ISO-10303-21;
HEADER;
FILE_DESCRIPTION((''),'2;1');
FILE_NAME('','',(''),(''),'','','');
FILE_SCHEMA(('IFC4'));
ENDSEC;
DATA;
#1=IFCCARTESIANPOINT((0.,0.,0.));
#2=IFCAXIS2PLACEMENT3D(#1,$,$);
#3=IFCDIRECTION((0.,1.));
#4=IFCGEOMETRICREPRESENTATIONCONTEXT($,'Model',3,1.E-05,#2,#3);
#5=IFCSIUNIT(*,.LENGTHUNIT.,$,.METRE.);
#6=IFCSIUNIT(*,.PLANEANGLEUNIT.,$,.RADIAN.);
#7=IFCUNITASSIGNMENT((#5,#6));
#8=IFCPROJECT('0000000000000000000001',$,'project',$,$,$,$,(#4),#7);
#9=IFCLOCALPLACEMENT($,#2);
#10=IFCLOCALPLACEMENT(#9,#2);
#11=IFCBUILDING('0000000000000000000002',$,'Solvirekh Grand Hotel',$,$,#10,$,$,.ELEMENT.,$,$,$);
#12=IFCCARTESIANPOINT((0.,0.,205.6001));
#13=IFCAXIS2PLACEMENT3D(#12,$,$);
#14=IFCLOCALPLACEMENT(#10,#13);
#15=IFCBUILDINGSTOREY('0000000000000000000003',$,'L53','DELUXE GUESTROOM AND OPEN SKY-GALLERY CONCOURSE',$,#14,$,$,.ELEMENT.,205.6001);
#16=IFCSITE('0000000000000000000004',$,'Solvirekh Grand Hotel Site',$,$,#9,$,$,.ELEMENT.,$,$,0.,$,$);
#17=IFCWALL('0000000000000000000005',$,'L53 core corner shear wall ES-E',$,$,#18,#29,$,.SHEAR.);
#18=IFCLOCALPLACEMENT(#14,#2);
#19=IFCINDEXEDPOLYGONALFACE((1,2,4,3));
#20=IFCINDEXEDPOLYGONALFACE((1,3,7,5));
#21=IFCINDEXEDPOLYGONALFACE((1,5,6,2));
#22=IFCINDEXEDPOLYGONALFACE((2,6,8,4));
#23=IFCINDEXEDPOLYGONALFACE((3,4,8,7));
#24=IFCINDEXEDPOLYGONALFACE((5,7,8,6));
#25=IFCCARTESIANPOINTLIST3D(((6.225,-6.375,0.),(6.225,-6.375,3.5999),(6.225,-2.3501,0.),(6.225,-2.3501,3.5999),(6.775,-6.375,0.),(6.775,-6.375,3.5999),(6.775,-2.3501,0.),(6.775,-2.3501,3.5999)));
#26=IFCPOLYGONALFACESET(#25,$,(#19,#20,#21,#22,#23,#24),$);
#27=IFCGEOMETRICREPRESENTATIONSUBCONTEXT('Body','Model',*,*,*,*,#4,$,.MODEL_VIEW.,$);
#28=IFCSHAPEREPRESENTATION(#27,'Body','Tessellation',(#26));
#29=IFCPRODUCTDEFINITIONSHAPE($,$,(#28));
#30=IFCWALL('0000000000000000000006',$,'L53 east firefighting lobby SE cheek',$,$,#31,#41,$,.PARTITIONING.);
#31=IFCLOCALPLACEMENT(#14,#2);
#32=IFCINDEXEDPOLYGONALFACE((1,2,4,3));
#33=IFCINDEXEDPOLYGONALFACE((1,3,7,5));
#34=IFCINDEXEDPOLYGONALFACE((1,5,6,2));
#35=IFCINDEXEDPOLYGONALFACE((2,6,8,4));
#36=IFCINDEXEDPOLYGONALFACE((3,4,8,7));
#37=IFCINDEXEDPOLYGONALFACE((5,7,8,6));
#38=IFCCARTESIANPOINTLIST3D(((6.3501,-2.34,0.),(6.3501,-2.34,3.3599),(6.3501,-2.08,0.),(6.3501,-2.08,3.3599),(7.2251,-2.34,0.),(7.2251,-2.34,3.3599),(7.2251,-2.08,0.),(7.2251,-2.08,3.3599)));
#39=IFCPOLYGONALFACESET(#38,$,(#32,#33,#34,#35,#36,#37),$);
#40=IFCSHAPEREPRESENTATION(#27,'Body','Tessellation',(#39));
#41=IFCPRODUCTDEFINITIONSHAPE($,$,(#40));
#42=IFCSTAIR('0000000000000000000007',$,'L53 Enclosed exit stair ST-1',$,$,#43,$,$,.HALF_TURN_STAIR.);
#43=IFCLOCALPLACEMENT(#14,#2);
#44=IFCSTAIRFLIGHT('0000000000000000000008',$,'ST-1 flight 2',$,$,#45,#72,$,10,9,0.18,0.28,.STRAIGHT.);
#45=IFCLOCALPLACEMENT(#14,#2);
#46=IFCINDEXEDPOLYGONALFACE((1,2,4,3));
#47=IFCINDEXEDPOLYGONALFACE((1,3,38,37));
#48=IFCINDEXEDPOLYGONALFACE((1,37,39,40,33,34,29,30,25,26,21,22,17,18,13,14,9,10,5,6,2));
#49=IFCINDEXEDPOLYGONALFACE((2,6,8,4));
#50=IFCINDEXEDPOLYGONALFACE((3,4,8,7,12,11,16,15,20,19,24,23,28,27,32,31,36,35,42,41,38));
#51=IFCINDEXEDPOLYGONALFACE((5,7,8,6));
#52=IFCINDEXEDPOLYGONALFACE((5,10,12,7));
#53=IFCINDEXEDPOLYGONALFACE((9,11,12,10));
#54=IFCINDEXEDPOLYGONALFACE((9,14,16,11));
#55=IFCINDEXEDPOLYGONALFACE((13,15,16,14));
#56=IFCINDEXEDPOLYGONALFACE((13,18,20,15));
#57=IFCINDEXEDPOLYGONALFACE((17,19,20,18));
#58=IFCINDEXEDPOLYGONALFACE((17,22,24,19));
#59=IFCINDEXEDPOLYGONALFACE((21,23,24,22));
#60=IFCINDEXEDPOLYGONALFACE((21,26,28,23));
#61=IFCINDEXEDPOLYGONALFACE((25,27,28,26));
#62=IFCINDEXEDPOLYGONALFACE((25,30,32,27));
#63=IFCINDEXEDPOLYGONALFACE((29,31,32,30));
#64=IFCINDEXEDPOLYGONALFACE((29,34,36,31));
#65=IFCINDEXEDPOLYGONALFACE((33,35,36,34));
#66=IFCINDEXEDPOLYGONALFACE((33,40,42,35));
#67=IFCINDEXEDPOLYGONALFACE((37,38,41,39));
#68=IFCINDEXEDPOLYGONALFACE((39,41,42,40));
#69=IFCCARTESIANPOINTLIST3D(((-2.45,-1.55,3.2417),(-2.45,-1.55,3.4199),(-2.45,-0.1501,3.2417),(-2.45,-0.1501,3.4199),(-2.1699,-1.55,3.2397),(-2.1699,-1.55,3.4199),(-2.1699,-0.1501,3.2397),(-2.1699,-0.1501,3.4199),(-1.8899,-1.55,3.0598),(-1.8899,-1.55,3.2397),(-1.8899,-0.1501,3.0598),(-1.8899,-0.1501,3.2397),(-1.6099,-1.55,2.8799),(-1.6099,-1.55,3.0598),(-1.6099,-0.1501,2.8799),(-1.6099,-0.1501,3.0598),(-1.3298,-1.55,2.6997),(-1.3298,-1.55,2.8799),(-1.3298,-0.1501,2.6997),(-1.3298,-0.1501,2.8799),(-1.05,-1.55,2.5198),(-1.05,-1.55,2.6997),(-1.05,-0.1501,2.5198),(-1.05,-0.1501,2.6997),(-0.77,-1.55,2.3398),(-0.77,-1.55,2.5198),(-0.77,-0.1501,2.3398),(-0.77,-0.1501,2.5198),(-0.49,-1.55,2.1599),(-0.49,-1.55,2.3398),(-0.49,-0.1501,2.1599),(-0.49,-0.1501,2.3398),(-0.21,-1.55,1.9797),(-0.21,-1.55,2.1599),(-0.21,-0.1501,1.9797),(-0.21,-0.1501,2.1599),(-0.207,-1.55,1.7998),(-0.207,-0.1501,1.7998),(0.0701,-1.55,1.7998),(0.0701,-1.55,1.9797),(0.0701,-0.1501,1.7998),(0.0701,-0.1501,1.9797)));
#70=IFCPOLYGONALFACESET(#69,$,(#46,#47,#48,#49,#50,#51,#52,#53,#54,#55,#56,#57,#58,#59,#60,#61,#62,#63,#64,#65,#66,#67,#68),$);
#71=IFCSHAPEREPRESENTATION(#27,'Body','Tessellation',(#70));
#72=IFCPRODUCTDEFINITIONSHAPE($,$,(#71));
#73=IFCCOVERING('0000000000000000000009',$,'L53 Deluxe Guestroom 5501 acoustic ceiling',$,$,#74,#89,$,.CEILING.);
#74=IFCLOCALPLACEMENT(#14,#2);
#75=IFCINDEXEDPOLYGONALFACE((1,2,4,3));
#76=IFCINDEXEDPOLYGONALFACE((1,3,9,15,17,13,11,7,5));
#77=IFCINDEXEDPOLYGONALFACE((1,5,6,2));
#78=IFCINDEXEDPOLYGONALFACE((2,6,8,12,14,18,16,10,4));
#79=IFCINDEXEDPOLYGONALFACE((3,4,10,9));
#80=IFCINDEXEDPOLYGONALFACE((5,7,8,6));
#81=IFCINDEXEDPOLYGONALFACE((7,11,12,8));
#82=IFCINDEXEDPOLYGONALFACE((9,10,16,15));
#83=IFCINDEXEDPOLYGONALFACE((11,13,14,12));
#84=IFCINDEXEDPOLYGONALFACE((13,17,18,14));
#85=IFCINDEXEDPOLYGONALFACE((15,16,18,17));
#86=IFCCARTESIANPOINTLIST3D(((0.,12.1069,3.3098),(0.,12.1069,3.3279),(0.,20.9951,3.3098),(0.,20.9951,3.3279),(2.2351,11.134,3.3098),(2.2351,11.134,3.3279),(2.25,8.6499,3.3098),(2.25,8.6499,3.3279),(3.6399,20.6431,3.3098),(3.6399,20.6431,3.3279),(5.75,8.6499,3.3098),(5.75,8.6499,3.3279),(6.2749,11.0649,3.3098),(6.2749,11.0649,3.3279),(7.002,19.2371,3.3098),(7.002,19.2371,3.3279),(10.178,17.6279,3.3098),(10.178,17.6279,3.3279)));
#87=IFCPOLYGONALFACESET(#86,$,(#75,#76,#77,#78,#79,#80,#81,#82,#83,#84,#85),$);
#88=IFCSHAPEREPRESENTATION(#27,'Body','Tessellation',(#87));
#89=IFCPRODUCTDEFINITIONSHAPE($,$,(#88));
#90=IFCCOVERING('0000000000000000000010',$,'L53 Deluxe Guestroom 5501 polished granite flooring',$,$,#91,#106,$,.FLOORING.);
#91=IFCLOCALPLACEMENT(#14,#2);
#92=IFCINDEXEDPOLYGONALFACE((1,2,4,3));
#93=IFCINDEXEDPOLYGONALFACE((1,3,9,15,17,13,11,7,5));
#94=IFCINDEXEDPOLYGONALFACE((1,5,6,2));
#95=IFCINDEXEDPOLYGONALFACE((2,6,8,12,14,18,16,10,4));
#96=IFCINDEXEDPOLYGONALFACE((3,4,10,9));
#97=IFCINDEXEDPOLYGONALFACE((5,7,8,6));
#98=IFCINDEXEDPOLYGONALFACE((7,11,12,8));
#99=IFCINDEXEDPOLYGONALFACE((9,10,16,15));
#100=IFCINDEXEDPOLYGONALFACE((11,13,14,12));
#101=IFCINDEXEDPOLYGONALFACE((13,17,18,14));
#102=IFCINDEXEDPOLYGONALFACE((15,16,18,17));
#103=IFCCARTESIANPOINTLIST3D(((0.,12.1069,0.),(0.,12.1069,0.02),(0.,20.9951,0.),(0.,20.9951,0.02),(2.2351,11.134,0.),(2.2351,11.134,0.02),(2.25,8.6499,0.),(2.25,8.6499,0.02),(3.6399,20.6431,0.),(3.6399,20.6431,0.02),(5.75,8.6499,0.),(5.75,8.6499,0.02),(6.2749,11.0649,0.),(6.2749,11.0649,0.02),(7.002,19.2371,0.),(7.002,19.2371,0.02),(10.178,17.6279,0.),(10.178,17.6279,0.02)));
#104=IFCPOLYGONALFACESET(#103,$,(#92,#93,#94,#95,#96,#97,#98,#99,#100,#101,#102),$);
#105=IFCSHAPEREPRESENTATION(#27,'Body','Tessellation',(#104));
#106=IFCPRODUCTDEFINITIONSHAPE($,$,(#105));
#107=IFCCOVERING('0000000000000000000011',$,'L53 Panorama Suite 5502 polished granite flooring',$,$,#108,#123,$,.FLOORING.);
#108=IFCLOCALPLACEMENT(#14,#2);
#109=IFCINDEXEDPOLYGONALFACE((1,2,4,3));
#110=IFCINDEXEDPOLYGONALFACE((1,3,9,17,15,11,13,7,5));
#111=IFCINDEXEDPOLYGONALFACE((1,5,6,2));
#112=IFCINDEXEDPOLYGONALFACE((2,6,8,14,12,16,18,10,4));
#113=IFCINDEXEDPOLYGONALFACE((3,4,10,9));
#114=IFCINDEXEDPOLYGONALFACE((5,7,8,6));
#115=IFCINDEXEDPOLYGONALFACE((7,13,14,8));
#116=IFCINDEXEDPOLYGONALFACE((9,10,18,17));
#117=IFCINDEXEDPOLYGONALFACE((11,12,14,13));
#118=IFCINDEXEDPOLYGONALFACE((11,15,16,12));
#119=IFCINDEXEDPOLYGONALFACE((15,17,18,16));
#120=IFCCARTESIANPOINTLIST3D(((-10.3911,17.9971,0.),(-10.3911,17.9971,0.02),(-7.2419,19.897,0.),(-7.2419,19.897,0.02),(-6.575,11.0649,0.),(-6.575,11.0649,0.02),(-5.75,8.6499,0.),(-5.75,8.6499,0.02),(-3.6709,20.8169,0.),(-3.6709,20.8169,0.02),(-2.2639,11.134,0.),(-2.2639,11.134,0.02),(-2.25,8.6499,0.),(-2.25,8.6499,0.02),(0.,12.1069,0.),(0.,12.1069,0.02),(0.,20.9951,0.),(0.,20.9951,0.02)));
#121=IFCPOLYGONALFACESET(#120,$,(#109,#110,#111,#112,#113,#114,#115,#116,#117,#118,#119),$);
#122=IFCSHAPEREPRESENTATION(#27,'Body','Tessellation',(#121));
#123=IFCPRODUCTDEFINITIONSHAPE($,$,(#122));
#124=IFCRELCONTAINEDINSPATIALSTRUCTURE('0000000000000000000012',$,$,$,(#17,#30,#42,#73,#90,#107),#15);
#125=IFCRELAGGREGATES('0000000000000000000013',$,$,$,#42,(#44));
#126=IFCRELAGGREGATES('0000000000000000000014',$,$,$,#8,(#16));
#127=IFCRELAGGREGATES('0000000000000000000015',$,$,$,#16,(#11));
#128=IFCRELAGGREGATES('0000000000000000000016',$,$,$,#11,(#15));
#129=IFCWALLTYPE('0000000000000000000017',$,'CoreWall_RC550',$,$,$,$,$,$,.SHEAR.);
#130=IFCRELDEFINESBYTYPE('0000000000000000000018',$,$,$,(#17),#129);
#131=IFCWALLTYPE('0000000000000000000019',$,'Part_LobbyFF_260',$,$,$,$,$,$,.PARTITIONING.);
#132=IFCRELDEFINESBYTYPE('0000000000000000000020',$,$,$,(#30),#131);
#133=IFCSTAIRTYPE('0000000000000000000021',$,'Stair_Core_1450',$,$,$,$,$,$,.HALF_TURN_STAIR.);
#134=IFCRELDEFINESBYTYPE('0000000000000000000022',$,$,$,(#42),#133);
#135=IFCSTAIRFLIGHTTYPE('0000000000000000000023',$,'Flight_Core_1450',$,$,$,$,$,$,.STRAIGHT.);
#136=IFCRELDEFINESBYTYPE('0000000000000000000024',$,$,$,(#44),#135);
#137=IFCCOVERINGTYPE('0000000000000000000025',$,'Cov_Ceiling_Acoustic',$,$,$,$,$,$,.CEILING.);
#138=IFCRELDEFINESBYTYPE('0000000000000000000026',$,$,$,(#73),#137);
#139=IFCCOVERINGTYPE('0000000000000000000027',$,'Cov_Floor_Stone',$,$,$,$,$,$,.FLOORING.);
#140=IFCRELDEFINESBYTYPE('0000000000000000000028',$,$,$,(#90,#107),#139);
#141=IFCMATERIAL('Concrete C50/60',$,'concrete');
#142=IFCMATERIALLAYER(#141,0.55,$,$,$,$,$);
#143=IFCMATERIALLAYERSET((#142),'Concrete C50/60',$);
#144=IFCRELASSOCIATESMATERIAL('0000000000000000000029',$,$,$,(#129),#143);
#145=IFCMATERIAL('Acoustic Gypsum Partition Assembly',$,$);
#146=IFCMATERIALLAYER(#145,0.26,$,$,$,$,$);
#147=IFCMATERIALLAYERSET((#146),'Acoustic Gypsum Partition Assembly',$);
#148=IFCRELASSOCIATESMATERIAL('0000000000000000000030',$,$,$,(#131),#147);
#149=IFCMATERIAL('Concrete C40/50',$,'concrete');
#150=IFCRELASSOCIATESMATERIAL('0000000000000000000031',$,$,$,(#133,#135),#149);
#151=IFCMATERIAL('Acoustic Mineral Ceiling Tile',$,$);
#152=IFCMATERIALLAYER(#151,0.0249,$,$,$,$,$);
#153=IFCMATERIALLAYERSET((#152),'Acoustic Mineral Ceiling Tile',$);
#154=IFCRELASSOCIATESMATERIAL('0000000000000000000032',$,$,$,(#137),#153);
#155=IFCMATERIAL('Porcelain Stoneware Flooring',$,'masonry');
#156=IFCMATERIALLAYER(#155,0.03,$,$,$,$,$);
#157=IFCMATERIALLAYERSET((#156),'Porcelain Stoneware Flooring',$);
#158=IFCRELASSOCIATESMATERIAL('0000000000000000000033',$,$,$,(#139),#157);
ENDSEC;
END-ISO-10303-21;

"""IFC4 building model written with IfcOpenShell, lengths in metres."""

from ifc_helpers import new_model, si_unit, direction, frame, frame_2d, origin, place, context, subcontext, project, spatial, polyline, rectangle, outline, extrude, material, layer, layer_set, type_object, element, aggregate, save


model = new_model("IFC4")

# Units and contexts
model_context = context("Model", 3, precision=1e-05, world=origin(), true_north=direction((0.0, 1.0)))
body_context = subcontext(model_context, "Body", "Model", "MODEL_VIEW")
ifc_project = project(units=[si_unit("LENGTHUNIT", "METRE"), si_unit("PLANEANGLEUNIT", "RADIAN")], contexts=[model_context])

# Site, building, storey
site_placement = place(None, origin())
site = spatial("IfcSite", under=ifc_project, at=site_placement, Name="Solvirekh Grand Hotel Site", CompositionType="ELEMENT", RefElevation=0.0)
building_placement = place(site_placement, origin())
building = spatial("IfcBuilding", under=site, at=building_placement, Name="Solvirekh Grand Hotel", CompositionType="ELEMENT")
storey_placement = place(building_placement, frame((0.0, 0.0, 205.6001)))
storey = spatial("IfcBuildingStorey", under=building, at=storey_placement, Name="L53", Description="DELUXE GUESTROOM AND OPEN SKY-GALLERY CONCOURSE", CompositionType="ELEMENT", Elevation=205.6001)

# Shared definitions
ifc_material_1 = material(Name="Concrete C50/60", Category="concrete")

# Shared definitions
ifc_material_2 = material(Name="Concrete C40/50", Category="concrete")

# Walls
ifc_layer_1 = layer(ifc_material_1, 0.55)
ifc_layer_set_1 = layer_set([ifc_layer_1], Name="Concrete C50/60")
wall_type_1 = type_object("IfcWallType", Name="CoreWall_RC550", PredefinedType="SHEAR", material=ifc_layer_set_1)
wall_1_placement = place(storey_placement, frame((6.5, -6.375, 0.0), z_axis=(0.0, 0.0, 1.0), x_axis=(0.0, 1.0, 0.0)))
element("IfcWall", 1, at=wall_1_placement, inside=storey, type_object=wall_type_1, Name="L53 core corner shear wall ES-E", PredefinedType="SHEAR", context=body_context, shape_type="SweptSolid", body=[
    extrude(rectangle(XDim=4.0249, YDim=0.55, at=frame_2d((2.0125, 0.0))), origin(), (0.0, 0.0, 1.0), 3.5999),
])
ifc_material_3 = material(Name="Acoustic Gypsum Partition Assembly")
ifc_layer_2 = layer(ifc_material_3, 0.26)
ifc_layer_set_2 = layer_set([ifc_layer_2], Name="Acoustic Gypsum Partition Assembly")
wall_type_2 = type_object("IfcWallType", Name="Part_LobbyFF_260", PredefinedType="PARTITIONING", material=ifc_layer_set_2)
wall_2_placement = place(storey_placement, frame((6.3501, -2.21, 0.0), z_axis=(0.0, 0.0, 1.0), x_axis=(1.0, 0.0, 0.0)))
element("IfcWall", 2, at=wall_2_placement, inside=storey, type_object=wall_type_2, Name="L53 east firefighting lobby SE cheek", PredefinedType="PARTITIONING", context=body_context, shape_type="SweptSolid", body=[
    extrude(rectangle(XDim=0.875, YDim=0.26, at=frame_2d((0.4375, 0.0))), origin(), (0.0, 0.0, 1.0), 3.3599),
])

# Stair, stair flight
stair_type = type_object("IfcStairType", Name="Stair_Core_1450", PredefinedType="HALF_TURN_STAIR", material=ifc_material_2)
stair_placement = place(storey_placement, origin())
stair = element("IfcStair", 3, at=stair_placement, inside=storey, type_object=stair_type, Name="L53 Enclosed exit stair ST-1", PredefinedType="HALF_TURN_STAIR")
stair_flight_type = type_object("IfcStairFlightType", Name="Flight_Core_1450", PredefinedType="STRAIGHT", material=ifc_material_2)
stair_flight_placement = place(storey_placement, frame((0.0701, -0.8501, 1.7998), z_axis=(0.0, 0.0, 1.0), x_axis=(-1.0, 0.0, 0.0)))
stair_flight = element("IfcStairFlight", 4, at=stair_flight_placement, type_object=stair_flight_type, Name="ST-1 flight 2", NumberOfRisers=10, NumberOfTreads=9, PredefinedType="STRAIGHT", RiserHeight=0.18, TreadLength=0.28, context=body_context, shape_type="SweptSolid", body=[
    extrude(outline(polyline([(0.0, 0.0), (0.0, 0.1799), (0.28, 0.1799), (0.28, 0.3601), (0.5601, 0.3601), (0.5601, 0.54), (0.8401, 0.54), (0.8401, 0.72), (1.1201, 0.72), (1.1201, 0.8999), (1.3999, 0.8999), (1.3999, 1.0801), (1.6799, 1.0801), (1.6799, 1.26), (1.96, 1.26), (1.96, 1.4399), (2.24, 1.4399), (2.24, 1.6201), (2.52, 1.6201), (2.52, 1.8), (2.52, 1.4419), (0.2771, 0.0), (0.0, 0.0)])), frame((0.0, 0.7, 0.0), z_axis=(0.0, -1.0, 0.0), x_axis=(1.0, 0.0, 0.0)), (0.0, 0.0, 1.0), 1.3999),
])
aggregate(stair, [stair_flight])

# Coverings
ifc_material_4 = material(Name="Acoustic Mineral Ceiling Tile")
ifc_layer_3 = layer(ifc_material_4, 0.0249)
ifc_layer_set_3 = layer_set([ifc_layer_3], Name="Acoustic Mineral Ceiling Tile")
covering_type_1 = type_object("IfcCoveringType", Name="Cov_Ceiling_Acoustic", PredefinedType="CEILING", material=ifc_layer_set_3)
covering_1_placement = place(storey_placement, frame((0.0, 0.0, 3.3098)))
element("IfcCovering", 5, at=covering_1_placement, inside=storey, type_object=covering_type_1, Name="L53 Deluxe Guestroom 5501 acoustic ceiling", PredefinedType="CEILING", context=body_context, shape_type="SweptSolid", body=[
    extrude(outline(polyline([(0.0, 12.1069), (2.2351, 11.134), (2.25, 8.6499), (5.75, 8.6499), (6.2749, 11.0649), (10.178, 17.6279), (7.002, 19.2371), (3.6399, 20.6431), (0.0, 20.9951), (0.0, 12.1069)])), origin(), (0.0, 0.0, 1.0), 0.0181),
])
ifc_material_5 = material(Name="Porcelain Stoneware Flooring", Category="masonry")
ifc_layer_4 = layer(ifc_material_5, 0.03)
ifc_layer_set_4 = layer_set([ifc_layer_4], Name="Porcelain Stoneware Flooring")
covering_type_2 = type_object("IfcCoveringType", Name="Cov_Floor_Stone", PredefinedType="FLOORING", material=ifc_layer_set_4)
covering_2_placement = place(storey_placement, origin())
element("IfcCovering", 6, at=covering_2_placement, inside=storey, type_object=covering_type_2, Name="L53 Deluxe Guestroom 5501 polished granite flooring", PredefinedType="FLOORING", context=body_context, shape_type="SweptSolid", body=[
    extrude(outline(polyline([(0.0, 12.1069), (2.2351, 11.134), (2.25, 8.6499), (5.75, 8.6499), (6.2749, 11.0649), (10.178, 17.6279), (7.002, 19.2371), (3.6399, 20.6431), (0.0, 20.9951), (0.0, 12.1069)])), origin(), (0.0, 0.0, 1.0), 0.02),
])
covering_3_placement = place(storey_placement, origin())
element("IfcCovering", 7, at=covering_3_placement, inside=storey, type_object=covering_type_2, Name="L53 Panorama Suite 5502 polished granite flooring", PredefinedType="FLOORING", context=body_context, shape_type="SweptSolid", body=[
    extrude(outline(polyline([(-2.25, 8.6499), (-2.2639, 11.134), (0.0, 12.1069), (0.0, 20.9951), (-3.6709, 20.8169), (-7.2419, 19.897), (-10.3911, 17.9971), (-6.575, 11.0649), (-5.75, 8.6499), (-2.25, 8.6499)])), origin(), (0.0, 0.0, 1.0), 0.02),
])

save(model, "model.ifc")
